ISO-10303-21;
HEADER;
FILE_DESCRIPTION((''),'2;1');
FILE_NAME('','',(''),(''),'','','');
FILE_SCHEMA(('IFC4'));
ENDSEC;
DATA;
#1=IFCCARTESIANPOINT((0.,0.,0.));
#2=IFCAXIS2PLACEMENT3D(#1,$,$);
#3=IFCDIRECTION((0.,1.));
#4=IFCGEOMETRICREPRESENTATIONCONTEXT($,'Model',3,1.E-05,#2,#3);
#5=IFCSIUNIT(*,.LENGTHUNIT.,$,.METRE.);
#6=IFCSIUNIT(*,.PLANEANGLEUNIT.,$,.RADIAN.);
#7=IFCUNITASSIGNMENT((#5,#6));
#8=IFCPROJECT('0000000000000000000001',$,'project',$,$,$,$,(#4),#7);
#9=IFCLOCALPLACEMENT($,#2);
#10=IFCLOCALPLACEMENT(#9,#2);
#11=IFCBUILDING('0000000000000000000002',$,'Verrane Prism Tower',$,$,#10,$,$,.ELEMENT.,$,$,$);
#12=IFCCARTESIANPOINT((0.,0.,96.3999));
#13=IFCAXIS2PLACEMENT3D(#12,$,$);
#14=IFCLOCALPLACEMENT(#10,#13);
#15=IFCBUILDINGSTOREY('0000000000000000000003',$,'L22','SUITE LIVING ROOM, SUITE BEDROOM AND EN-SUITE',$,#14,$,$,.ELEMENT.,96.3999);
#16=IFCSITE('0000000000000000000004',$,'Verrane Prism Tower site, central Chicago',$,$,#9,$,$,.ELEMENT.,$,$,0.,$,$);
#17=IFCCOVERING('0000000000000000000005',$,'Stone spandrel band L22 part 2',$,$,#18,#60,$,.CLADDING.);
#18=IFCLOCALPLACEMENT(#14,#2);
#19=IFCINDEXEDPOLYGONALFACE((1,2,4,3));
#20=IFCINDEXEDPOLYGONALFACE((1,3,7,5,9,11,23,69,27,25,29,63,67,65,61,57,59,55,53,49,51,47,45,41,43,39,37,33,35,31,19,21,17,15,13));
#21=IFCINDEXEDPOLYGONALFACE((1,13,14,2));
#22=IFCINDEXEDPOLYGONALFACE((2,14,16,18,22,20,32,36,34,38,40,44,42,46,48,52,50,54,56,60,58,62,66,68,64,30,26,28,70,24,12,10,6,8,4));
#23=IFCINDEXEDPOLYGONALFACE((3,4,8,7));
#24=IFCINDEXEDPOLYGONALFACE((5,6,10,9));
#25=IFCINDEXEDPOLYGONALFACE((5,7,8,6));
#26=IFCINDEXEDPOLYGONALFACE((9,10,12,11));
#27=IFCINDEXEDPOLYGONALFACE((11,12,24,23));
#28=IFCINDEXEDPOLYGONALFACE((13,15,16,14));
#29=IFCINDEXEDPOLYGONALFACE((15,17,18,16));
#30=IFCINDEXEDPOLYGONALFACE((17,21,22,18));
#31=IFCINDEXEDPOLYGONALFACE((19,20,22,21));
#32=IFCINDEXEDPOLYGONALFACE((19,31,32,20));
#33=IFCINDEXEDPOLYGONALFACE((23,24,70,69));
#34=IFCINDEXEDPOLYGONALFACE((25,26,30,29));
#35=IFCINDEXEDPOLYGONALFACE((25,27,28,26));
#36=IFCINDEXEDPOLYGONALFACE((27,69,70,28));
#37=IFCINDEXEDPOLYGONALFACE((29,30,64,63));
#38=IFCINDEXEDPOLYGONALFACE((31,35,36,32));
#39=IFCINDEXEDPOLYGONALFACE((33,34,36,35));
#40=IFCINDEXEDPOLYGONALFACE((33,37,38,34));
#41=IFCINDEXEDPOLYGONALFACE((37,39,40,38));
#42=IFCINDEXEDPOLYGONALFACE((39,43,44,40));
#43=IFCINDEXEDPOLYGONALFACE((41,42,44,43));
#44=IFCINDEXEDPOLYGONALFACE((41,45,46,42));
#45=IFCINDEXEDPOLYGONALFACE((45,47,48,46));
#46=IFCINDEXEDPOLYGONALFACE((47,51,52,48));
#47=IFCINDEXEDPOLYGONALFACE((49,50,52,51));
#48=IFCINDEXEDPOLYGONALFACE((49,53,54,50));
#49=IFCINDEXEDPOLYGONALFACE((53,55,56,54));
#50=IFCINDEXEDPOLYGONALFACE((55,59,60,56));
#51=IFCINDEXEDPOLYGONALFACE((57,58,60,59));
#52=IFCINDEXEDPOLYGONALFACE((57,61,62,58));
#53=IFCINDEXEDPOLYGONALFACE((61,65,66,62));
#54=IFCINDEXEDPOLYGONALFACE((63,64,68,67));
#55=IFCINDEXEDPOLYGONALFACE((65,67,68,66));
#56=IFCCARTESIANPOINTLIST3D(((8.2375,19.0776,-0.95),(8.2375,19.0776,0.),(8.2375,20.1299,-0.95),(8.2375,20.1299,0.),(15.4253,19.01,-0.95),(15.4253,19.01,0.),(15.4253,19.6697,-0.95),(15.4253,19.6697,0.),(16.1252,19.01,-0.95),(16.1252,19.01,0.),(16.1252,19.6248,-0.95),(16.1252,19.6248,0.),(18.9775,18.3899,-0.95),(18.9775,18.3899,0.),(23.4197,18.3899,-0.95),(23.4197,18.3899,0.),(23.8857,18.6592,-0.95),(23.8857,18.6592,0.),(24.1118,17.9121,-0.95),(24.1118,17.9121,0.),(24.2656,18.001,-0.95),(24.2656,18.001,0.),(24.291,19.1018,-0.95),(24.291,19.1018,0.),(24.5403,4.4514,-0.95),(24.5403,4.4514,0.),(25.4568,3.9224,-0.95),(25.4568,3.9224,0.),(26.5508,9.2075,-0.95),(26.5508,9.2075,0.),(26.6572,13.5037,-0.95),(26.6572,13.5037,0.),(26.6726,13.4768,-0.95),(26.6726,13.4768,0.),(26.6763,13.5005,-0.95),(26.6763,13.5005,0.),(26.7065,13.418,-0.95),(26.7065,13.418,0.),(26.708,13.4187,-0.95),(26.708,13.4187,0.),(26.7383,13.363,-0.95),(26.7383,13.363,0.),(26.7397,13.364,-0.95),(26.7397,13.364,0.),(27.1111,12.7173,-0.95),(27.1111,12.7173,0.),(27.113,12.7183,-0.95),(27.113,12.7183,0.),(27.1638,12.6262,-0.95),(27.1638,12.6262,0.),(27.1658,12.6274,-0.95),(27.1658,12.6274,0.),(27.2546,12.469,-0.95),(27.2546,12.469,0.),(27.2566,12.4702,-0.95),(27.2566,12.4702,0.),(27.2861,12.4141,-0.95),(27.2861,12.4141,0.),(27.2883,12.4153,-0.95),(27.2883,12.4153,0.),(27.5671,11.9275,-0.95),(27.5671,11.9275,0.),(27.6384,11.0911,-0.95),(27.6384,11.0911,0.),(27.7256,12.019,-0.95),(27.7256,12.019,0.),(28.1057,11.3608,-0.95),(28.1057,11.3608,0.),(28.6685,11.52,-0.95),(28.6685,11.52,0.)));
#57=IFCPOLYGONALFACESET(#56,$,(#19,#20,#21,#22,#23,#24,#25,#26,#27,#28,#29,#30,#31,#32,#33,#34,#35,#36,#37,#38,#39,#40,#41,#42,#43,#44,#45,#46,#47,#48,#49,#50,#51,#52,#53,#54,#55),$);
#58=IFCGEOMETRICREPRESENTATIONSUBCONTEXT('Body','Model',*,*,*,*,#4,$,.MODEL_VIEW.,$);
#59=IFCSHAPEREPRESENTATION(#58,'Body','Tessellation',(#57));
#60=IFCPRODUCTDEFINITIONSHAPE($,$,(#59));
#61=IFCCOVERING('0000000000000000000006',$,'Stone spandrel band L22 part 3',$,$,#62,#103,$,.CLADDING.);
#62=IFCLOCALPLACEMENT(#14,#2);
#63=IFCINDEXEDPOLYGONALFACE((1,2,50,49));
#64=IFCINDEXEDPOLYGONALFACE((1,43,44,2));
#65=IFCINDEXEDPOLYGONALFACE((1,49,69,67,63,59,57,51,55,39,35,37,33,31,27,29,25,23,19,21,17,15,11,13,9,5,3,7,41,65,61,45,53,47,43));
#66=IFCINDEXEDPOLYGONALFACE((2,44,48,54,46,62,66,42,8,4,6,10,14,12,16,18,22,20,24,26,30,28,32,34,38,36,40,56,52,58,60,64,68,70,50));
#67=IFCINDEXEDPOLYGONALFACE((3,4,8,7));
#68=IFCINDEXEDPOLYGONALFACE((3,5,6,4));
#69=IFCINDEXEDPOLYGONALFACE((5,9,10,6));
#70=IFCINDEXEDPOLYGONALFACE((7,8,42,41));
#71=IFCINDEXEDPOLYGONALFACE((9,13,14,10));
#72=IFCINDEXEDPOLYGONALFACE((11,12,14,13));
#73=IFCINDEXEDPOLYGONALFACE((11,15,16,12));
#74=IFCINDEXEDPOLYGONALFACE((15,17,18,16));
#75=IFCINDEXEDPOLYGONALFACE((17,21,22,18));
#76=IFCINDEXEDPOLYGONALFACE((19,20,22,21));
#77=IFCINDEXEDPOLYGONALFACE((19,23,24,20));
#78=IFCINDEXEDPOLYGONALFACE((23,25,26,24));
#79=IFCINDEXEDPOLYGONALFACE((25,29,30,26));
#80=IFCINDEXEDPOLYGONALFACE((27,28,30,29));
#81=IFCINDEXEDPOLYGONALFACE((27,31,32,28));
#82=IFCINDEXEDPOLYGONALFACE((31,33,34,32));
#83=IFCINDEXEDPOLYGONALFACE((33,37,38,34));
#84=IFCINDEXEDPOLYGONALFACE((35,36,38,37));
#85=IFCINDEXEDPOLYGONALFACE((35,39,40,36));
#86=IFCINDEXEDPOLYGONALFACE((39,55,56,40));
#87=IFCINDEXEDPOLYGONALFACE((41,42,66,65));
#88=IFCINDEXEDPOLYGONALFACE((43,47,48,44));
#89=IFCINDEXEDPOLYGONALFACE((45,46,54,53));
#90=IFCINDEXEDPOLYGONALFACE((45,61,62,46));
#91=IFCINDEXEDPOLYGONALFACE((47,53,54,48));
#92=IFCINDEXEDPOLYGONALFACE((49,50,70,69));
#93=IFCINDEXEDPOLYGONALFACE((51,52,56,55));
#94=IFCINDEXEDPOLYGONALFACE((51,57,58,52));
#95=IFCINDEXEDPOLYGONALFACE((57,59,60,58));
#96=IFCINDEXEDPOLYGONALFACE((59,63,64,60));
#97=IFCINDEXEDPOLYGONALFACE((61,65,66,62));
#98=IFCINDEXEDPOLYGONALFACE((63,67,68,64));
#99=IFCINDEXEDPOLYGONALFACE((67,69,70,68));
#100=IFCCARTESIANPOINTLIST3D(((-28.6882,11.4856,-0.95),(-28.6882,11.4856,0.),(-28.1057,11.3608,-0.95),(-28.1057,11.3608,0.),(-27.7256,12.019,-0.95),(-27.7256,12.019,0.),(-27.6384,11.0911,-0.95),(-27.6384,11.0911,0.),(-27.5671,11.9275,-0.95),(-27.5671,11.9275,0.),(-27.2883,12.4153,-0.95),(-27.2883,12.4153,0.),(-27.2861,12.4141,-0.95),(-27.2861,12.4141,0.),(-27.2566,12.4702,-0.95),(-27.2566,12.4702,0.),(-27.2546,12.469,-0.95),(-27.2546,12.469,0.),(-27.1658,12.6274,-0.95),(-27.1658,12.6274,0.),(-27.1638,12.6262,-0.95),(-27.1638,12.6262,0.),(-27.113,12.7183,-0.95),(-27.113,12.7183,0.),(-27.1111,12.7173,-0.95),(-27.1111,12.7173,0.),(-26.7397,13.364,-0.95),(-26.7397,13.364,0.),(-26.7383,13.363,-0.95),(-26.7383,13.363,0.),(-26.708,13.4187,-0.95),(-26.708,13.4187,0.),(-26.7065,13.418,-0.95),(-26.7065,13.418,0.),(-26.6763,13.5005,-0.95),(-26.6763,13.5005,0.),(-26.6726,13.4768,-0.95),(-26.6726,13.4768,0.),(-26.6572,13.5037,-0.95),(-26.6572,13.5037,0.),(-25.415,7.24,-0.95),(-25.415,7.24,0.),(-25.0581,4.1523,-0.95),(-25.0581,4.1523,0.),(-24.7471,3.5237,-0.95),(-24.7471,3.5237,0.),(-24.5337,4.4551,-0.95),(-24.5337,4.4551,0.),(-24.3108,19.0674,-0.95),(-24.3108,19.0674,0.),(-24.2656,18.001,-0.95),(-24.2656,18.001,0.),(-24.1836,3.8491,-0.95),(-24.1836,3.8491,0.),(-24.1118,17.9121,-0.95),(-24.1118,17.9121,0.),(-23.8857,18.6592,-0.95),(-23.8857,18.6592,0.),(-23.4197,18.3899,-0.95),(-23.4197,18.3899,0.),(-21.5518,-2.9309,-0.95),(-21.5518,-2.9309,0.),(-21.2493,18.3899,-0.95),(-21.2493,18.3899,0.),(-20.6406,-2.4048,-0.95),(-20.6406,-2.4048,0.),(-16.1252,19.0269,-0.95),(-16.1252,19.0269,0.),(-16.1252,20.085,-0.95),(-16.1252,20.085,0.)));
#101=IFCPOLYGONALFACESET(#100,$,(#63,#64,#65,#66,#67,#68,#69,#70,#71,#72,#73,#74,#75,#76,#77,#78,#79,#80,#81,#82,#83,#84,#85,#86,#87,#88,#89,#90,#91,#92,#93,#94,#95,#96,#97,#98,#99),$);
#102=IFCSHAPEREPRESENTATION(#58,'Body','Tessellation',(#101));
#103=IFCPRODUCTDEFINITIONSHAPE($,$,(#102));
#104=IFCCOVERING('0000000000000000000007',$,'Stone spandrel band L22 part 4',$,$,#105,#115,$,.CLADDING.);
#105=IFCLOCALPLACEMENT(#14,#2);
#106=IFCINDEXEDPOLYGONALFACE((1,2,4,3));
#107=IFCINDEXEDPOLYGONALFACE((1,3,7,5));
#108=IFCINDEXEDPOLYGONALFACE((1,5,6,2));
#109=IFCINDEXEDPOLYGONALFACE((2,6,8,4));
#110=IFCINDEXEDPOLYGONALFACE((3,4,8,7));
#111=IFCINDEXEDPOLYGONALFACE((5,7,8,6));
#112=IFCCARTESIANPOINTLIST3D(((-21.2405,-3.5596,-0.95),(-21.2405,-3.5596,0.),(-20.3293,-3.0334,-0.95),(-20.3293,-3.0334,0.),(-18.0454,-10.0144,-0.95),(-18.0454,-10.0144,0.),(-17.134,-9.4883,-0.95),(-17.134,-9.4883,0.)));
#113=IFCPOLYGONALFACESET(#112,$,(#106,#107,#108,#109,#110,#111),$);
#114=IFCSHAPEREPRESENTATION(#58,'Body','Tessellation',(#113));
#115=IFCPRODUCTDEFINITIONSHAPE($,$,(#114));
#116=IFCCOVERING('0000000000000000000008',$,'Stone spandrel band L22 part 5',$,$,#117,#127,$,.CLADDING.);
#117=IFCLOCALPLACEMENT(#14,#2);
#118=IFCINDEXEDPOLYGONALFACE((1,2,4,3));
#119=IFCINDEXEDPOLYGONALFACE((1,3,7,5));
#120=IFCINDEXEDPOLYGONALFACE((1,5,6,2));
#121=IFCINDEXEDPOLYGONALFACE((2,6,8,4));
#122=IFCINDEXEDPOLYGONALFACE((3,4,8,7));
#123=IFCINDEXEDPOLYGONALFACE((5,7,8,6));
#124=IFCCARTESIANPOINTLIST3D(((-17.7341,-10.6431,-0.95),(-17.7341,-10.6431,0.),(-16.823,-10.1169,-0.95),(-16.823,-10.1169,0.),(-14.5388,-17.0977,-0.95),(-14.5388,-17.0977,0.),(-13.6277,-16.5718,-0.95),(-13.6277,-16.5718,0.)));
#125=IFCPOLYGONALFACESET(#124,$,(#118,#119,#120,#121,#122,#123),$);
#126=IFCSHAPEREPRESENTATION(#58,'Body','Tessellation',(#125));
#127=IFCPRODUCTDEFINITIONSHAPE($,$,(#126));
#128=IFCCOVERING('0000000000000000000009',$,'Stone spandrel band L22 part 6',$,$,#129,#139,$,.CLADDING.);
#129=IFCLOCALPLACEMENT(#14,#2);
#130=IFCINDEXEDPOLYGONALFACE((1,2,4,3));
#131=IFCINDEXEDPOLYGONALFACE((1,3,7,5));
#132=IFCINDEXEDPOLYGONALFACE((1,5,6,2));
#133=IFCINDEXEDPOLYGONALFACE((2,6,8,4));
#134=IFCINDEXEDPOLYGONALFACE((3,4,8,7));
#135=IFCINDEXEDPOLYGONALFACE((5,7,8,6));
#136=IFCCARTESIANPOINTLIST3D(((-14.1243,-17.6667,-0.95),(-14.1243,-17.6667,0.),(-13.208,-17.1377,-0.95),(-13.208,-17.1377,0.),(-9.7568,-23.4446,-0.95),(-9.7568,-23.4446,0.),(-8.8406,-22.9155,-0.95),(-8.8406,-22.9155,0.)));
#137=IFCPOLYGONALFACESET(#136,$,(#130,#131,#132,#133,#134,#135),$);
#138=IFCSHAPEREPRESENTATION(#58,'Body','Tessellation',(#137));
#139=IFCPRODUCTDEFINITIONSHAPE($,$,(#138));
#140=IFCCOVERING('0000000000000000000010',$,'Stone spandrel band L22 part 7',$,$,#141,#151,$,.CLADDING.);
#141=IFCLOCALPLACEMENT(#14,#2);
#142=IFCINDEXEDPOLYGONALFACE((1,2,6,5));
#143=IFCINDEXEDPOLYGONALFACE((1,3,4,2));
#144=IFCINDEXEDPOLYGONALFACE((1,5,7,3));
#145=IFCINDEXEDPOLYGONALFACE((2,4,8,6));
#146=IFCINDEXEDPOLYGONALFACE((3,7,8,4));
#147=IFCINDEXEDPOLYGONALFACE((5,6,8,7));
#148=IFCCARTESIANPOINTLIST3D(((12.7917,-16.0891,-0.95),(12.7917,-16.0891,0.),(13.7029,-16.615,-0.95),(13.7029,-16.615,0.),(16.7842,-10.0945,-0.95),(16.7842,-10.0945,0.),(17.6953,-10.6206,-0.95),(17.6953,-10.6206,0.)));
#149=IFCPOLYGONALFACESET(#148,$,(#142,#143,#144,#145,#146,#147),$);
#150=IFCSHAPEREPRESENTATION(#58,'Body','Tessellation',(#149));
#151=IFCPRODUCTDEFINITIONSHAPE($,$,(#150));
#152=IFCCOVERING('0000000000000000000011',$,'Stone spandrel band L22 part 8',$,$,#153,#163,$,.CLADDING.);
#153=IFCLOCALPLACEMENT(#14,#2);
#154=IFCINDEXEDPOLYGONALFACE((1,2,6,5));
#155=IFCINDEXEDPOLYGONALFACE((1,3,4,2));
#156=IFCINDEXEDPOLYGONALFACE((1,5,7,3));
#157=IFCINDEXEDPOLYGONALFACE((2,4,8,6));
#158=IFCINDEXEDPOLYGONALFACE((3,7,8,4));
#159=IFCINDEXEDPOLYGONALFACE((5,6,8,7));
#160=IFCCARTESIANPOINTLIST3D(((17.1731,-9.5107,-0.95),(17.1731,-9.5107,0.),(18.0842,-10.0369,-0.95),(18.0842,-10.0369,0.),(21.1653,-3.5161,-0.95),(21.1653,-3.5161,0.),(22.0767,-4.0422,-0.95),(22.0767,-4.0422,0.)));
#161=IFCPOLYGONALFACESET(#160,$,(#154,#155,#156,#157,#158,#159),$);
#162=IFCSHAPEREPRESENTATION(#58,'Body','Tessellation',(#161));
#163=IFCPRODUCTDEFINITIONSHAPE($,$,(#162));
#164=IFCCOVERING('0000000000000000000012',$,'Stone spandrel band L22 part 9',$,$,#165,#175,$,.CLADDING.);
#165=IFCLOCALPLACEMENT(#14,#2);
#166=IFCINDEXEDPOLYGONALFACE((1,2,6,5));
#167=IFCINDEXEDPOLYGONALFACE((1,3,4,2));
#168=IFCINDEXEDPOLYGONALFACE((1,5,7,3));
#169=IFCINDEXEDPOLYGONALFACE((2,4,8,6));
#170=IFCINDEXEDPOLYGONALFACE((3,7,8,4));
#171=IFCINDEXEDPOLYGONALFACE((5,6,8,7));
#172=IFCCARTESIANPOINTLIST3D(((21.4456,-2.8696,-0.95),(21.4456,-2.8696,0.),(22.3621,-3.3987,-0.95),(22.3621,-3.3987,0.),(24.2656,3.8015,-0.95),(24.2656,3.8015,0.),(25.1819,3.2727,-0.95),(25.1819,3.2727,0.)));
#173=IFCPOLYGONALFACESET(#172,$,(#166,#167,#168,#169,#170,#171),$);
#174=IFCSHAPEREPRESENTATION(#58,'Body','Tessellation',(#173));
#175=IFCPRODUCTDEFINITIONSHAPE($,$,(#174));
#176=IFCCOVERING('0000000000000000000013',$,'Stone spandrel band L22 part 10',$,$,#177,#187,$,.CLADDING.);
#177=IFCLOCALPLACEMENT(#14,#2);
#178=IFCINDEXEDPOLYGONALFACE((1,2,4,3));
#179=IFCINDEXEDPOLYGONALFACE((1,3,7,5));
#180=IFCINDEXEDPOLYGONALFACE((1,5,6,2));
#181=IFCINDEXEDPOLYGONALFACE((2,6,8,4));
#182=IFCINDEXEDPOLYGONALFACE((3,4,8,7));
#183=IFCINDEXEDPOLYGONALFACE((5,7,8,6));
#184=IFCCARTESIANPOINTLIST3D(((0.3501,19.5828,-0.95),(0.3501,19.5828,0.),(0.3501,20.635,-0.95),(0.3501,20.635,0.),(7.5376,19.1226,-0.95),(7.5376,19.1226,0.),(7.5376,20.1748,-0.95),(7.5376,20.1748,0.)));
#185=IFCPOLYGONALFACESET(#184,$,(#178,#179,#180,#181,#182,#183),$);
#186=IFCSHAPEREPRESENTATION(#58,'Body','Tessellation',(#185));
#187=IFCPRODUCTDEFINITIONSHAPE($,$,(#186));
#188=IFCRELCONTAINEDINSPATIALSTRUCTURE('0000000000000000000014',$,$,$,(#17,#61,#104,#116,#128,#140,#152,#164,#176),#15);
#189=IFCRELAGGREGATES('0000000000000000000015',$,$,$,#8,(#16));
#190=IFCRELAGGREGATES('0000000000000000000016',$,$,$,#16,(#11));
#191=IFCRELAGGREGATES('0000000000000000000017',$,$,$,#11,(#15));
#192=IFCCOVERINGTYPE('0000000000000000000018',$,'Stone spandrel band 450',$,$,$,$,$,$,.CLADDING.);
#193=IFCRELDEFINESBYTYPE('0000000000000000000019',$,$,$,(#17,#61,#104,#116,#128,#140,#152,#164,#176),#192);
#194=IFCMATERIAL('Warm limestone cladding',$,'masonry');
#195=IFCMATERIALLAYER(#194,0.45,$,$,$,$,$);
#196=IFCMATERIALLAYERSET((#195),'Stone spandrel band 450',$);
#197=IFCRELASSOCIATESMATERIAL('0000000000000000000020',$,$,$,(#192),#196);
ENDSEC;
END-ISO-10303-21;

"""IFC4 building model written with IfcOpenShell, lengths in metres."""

from ifc_helpers import new_model, si_unit, direction, frame, origin, place, context, subcontext, project, spatial, polyline, outline, extrude, material, layer, layer_set, type_object, element, save


model = new_model("IFC4")

# Units and contexts
model_context = context("Model", 3, precision=1e-05, world=origin(), true_north=direction((0.0, 1.0)))
body_context = subcontext(model_context, "Body", "Model", "MODEL_VIEW")
ifc_project = project(units=[si_unit("LENGTHUNIT", "METRE"), si_unit("PLANEANGLEUNIT", "RADIAN")], contexts=[model_context])

# Site, building, storey
site_placement = place(None, origin())
site = spatial("IfcSite", under=ifc_project, at=site_placement, Name="Verrane Prism Tower site, central Chicago", CompositionType="ELEMENT", RefElevation=0.0)
building_placement = place(site_placement, origin())
building = spatial("IfcBuilding", under=site, at=building_placement, Name="Verrane Prism Tower", CompositionType="ELEMENT")
storey_placement = place(building_placement, frame((0.0, 0.0, 96.3999)))
storey = spatial("IfcBuildingStorey", under=building, at=storey_placement, Name="L22", Description="SUITE LIVING ROOM, SUITE BEDROOM AND EN-SUITE", CompositionType="ELEMENT", Elevation=96.3999)

# Coverings
ifc_material_1 = material(Name="Warm limestone cladding", Category="masonry")
ifc_layer_1 = layer(ifc_material_1, 0.45)
ifc_layer_set_1 = layer_set([ifc_layer_1], Name="Stone spandrel band 450")
covering_type = type_object("IfcCoveringType", Name="Stone spandrel band 450", PredefinedType="CLADDING", material=ifc_layer_set_1)
covering_1_placement = place(storey_placement, frame((0.0, 0.0, -0.95)))
element("IfcCovering", 1, at=covering_1_placement, inside=storey, type_object=covering_type, Name="Stone spandrel band L22 part 2", PredefinedType="CLADDING", context=body_context, shape_type="SweptSolid", body=[
    extrude(outline(polyline([(8.2375, 19.0776), (18.9775, 18.3899), (23.4197, 18.3899), (23.8857, 18.6592), (24.2656, 18.001), (24.1118, 17.9121), (26.6572, 13.5037), (26.6763, 13.5005), (26.6726, 13.4768), (26.7065, 13.418), (26.708, 13.4187), (26.7397, 13.364), (26.7383, 13.363), (27.1111, 12.7173), (27.113, 12.7183), (27.1658, 12.6274), (27.1638, 12.6262), (27.2546, 12.469), (27.2566, 12.4702), (27.2883, 12.4153), (27.2861, 12.4141), (27.5671, 11.9275), (27.7256, 12.019), (28.1057, 11.3608), (27.6384, 11.0911), (26.5508, 9.2075), (24.5403, 4.4514), (25.4568, 3.9224), (28.6685, 11.52), (24.291, 19.1018), (16.1252, 19.6248), (16.1252, 19.01), (15.4253, 19.01), (15.4253, 19.6697), (8.2375, 20.1299), (8.2375, 19.0776)])), origin(), (0.0, 0.0, 1.0), 0.95),
])
covering_2_placement = place(storey_placement, frame((0.0, 0.0, -0.95)))
element("IfcCovering", 2, at=covering_2_placement, inside=storey, type_object=covering_type, Name="Stone spandrel band L22 part 3", PredefinedType="CLADDING", context=body_context, shape_type="SweptSolid", body=[
    extrude(outline(polyline([(-27.2566, 12.4702), (-27.2546, 12.469), (-27.1638, 12.6262), (-27.1658, 12.6274), (-27.113, 12.7183), (-27.1111, 12.7173), (-26.7383, 13.363), (-26.7397, 13.364), (-26.708, 13.4187), (-26.7065, 13.418), (-26.6726, 13.4768), (-26.6763, 13.5005), (-26.6572, 13.5037), (-24.1118, 17.9121), (-24.2656, 18.001), (-23.8857, 18.6592), (-23.4197, 18.3899), (-21.2493, 18.3899), (-16.1252, 19.0269), (-16.1252, 20.085), (-24.3108, 19.0674), (-28.6882, 11.4856), (-25.0581, 4.1523), (-24.5337, 4.4551), (-24.1836, 3.8491), (-24.7471, 3.5237), (-21.5518, -2.9309), (-20.6406, -2.4048), (-25.415, 7.24), (-27.6384, 11.0911), (-28.1057, 11.3608), (-27.7256, 12.019), (-27.5671, 11.9275), (-27.2861, 12.4141), (-27.2883, 12.4153), (-27.2566, 12.4702)])), origin(), (0.0, 0.0, 1.0), 0.95),
])
covering_3_placement = place(storey_placement, frame((0.0, 0.0, -0.95)))
element("IfcCovering", 3, at=covering_3_placement, inside=storey, type_object=covering_type, Name="Stone spandrel band L22 part 4", PredefinedType="CLADDING", context=body_context, shape_type="SweptSolid", body=[
    extrude(outline(polyline([(-17.134, -9.4883), (-20.3293, -3.0334), (-21.2405, -3.5596), (-18.0454, -10.0144), (-17.134, -9.4883)])), origin(), (0.0, 0.0, 1.0), 0.95),
])
covering_4_placement = place(storey_placement, frame((0.0, 0.0, -0.95)))
element("IfcCovering", 4, at=covering_4_placement, inside=storey, type_object=covering_type, Name="Stone spandrel band L22 part 5", PredefinedType="CLADDING", context=body_context, shape_type="SweptSolid", body=[
    extrude(outline(polyline([(-13.6277, -16.5718), (-16.823, -10.1169), (-17.7341, -10.6431), (-14.5388, -17.0977), (-13.6277, -16.5718)])), origin(), (0.0, 0.0, 1.0), 0.95),
])
covering_5_placement = place(storey_placement, frame((0.0, 0.0, -0.95)))
element("IfcCovering", 5, at=covering_5_placement, inside=storey, type_object=covering_type, Name="Stone spandrel band L22 part 6", PredefinedType="CLADDING", context=body_context, shape_type="SweptSolid", body=[
    extrude(outline(polyline([(-9.7568, -23.4446), (-8.8406, -22.9155), (-13.208, -17.1377), (-14.1243, -17.6667), (-9.7568, -23.4446)])), origin(), (0.0, 0.0, 1.0), 0.95),
])
covering_6_placement = place(storey_placement, frame((0.0, 0.0, -0.95)))
element("IfcCovering", 6, at=covering_6_placement, inside=storey, type_object=covering_type, Name="Stone spandrel band L22 part 7", PredefinedType="CLADDING", context=body_context, shape_type="SweptSolid", body=[
    extrude(outline(polyline([(17.6953, -10.6206), (16.7842, -10.0945), (12.7917, -16.0891), (13.7029, -16.615), (17.6953, -10.6206)])), origin(), (0.0, 0.0, 1.0), 0.95),
])
covering_7_placement = place(storey_placement, frame((0.0, 0.0, -0.95)))
element("IfcCovering", 7, at=covering_7_placement, inside=storey, type_object=covering_type, Name="Stone spandrel band L22 part 8", PredefinedType="CLADDING", context=body_context, shape_type="SweptSolid", body=[
    extrude(outline(polyline([(21.1653, -3.5161), (17.1731, -9.5107), (18.0842, -10.0369), (22.0767, -4.0422), (21.1653, -3.5161)])), origin(), (0.0, 0.0, 1.0), 0.95),
])
covering_8_placement = place(storey_placement, frame((0.0, 0.0, -0.95)))
element("IfcCovering", 8, at=covering_8_placement, inside=storey, type_object=covering_type, Name="Stone spandrel band L22 part 9", PredefinedType="CLADDING", context=body_context, shape_type="SweptSolid", body=[
    extrude(outline(polyline([(24.2656, 3.8015), (21.4456, -2.8696), (22.3621, -3.3987), (25.1819, 3.2727), (24.2656, 3.8015)])), origin(), (0.0, 0.0, 1.0), 0.95),
])
covering_9_placement = place(storey_placement, frame((0.0, 0.0, -0.95)))
element("IfcCovering", 9, at=covering_9_placement, inside=storey, type_object=covering_type, Name="Stone spandrel band L22 part 10", PredefinedType="CLADDING", context=body_context, shape_type="SweptSolid", body=[
    extrude(outline(polyline([(0.3501, 19.5828), (7.5376, 19.1226), (7.5376, 20.1748), (0.3501, 20.635), (0.3501, 19.5828)])), origin(), (0.0, 0.0, 1.0), 0.95),
])

save(model, "model.ifc")
